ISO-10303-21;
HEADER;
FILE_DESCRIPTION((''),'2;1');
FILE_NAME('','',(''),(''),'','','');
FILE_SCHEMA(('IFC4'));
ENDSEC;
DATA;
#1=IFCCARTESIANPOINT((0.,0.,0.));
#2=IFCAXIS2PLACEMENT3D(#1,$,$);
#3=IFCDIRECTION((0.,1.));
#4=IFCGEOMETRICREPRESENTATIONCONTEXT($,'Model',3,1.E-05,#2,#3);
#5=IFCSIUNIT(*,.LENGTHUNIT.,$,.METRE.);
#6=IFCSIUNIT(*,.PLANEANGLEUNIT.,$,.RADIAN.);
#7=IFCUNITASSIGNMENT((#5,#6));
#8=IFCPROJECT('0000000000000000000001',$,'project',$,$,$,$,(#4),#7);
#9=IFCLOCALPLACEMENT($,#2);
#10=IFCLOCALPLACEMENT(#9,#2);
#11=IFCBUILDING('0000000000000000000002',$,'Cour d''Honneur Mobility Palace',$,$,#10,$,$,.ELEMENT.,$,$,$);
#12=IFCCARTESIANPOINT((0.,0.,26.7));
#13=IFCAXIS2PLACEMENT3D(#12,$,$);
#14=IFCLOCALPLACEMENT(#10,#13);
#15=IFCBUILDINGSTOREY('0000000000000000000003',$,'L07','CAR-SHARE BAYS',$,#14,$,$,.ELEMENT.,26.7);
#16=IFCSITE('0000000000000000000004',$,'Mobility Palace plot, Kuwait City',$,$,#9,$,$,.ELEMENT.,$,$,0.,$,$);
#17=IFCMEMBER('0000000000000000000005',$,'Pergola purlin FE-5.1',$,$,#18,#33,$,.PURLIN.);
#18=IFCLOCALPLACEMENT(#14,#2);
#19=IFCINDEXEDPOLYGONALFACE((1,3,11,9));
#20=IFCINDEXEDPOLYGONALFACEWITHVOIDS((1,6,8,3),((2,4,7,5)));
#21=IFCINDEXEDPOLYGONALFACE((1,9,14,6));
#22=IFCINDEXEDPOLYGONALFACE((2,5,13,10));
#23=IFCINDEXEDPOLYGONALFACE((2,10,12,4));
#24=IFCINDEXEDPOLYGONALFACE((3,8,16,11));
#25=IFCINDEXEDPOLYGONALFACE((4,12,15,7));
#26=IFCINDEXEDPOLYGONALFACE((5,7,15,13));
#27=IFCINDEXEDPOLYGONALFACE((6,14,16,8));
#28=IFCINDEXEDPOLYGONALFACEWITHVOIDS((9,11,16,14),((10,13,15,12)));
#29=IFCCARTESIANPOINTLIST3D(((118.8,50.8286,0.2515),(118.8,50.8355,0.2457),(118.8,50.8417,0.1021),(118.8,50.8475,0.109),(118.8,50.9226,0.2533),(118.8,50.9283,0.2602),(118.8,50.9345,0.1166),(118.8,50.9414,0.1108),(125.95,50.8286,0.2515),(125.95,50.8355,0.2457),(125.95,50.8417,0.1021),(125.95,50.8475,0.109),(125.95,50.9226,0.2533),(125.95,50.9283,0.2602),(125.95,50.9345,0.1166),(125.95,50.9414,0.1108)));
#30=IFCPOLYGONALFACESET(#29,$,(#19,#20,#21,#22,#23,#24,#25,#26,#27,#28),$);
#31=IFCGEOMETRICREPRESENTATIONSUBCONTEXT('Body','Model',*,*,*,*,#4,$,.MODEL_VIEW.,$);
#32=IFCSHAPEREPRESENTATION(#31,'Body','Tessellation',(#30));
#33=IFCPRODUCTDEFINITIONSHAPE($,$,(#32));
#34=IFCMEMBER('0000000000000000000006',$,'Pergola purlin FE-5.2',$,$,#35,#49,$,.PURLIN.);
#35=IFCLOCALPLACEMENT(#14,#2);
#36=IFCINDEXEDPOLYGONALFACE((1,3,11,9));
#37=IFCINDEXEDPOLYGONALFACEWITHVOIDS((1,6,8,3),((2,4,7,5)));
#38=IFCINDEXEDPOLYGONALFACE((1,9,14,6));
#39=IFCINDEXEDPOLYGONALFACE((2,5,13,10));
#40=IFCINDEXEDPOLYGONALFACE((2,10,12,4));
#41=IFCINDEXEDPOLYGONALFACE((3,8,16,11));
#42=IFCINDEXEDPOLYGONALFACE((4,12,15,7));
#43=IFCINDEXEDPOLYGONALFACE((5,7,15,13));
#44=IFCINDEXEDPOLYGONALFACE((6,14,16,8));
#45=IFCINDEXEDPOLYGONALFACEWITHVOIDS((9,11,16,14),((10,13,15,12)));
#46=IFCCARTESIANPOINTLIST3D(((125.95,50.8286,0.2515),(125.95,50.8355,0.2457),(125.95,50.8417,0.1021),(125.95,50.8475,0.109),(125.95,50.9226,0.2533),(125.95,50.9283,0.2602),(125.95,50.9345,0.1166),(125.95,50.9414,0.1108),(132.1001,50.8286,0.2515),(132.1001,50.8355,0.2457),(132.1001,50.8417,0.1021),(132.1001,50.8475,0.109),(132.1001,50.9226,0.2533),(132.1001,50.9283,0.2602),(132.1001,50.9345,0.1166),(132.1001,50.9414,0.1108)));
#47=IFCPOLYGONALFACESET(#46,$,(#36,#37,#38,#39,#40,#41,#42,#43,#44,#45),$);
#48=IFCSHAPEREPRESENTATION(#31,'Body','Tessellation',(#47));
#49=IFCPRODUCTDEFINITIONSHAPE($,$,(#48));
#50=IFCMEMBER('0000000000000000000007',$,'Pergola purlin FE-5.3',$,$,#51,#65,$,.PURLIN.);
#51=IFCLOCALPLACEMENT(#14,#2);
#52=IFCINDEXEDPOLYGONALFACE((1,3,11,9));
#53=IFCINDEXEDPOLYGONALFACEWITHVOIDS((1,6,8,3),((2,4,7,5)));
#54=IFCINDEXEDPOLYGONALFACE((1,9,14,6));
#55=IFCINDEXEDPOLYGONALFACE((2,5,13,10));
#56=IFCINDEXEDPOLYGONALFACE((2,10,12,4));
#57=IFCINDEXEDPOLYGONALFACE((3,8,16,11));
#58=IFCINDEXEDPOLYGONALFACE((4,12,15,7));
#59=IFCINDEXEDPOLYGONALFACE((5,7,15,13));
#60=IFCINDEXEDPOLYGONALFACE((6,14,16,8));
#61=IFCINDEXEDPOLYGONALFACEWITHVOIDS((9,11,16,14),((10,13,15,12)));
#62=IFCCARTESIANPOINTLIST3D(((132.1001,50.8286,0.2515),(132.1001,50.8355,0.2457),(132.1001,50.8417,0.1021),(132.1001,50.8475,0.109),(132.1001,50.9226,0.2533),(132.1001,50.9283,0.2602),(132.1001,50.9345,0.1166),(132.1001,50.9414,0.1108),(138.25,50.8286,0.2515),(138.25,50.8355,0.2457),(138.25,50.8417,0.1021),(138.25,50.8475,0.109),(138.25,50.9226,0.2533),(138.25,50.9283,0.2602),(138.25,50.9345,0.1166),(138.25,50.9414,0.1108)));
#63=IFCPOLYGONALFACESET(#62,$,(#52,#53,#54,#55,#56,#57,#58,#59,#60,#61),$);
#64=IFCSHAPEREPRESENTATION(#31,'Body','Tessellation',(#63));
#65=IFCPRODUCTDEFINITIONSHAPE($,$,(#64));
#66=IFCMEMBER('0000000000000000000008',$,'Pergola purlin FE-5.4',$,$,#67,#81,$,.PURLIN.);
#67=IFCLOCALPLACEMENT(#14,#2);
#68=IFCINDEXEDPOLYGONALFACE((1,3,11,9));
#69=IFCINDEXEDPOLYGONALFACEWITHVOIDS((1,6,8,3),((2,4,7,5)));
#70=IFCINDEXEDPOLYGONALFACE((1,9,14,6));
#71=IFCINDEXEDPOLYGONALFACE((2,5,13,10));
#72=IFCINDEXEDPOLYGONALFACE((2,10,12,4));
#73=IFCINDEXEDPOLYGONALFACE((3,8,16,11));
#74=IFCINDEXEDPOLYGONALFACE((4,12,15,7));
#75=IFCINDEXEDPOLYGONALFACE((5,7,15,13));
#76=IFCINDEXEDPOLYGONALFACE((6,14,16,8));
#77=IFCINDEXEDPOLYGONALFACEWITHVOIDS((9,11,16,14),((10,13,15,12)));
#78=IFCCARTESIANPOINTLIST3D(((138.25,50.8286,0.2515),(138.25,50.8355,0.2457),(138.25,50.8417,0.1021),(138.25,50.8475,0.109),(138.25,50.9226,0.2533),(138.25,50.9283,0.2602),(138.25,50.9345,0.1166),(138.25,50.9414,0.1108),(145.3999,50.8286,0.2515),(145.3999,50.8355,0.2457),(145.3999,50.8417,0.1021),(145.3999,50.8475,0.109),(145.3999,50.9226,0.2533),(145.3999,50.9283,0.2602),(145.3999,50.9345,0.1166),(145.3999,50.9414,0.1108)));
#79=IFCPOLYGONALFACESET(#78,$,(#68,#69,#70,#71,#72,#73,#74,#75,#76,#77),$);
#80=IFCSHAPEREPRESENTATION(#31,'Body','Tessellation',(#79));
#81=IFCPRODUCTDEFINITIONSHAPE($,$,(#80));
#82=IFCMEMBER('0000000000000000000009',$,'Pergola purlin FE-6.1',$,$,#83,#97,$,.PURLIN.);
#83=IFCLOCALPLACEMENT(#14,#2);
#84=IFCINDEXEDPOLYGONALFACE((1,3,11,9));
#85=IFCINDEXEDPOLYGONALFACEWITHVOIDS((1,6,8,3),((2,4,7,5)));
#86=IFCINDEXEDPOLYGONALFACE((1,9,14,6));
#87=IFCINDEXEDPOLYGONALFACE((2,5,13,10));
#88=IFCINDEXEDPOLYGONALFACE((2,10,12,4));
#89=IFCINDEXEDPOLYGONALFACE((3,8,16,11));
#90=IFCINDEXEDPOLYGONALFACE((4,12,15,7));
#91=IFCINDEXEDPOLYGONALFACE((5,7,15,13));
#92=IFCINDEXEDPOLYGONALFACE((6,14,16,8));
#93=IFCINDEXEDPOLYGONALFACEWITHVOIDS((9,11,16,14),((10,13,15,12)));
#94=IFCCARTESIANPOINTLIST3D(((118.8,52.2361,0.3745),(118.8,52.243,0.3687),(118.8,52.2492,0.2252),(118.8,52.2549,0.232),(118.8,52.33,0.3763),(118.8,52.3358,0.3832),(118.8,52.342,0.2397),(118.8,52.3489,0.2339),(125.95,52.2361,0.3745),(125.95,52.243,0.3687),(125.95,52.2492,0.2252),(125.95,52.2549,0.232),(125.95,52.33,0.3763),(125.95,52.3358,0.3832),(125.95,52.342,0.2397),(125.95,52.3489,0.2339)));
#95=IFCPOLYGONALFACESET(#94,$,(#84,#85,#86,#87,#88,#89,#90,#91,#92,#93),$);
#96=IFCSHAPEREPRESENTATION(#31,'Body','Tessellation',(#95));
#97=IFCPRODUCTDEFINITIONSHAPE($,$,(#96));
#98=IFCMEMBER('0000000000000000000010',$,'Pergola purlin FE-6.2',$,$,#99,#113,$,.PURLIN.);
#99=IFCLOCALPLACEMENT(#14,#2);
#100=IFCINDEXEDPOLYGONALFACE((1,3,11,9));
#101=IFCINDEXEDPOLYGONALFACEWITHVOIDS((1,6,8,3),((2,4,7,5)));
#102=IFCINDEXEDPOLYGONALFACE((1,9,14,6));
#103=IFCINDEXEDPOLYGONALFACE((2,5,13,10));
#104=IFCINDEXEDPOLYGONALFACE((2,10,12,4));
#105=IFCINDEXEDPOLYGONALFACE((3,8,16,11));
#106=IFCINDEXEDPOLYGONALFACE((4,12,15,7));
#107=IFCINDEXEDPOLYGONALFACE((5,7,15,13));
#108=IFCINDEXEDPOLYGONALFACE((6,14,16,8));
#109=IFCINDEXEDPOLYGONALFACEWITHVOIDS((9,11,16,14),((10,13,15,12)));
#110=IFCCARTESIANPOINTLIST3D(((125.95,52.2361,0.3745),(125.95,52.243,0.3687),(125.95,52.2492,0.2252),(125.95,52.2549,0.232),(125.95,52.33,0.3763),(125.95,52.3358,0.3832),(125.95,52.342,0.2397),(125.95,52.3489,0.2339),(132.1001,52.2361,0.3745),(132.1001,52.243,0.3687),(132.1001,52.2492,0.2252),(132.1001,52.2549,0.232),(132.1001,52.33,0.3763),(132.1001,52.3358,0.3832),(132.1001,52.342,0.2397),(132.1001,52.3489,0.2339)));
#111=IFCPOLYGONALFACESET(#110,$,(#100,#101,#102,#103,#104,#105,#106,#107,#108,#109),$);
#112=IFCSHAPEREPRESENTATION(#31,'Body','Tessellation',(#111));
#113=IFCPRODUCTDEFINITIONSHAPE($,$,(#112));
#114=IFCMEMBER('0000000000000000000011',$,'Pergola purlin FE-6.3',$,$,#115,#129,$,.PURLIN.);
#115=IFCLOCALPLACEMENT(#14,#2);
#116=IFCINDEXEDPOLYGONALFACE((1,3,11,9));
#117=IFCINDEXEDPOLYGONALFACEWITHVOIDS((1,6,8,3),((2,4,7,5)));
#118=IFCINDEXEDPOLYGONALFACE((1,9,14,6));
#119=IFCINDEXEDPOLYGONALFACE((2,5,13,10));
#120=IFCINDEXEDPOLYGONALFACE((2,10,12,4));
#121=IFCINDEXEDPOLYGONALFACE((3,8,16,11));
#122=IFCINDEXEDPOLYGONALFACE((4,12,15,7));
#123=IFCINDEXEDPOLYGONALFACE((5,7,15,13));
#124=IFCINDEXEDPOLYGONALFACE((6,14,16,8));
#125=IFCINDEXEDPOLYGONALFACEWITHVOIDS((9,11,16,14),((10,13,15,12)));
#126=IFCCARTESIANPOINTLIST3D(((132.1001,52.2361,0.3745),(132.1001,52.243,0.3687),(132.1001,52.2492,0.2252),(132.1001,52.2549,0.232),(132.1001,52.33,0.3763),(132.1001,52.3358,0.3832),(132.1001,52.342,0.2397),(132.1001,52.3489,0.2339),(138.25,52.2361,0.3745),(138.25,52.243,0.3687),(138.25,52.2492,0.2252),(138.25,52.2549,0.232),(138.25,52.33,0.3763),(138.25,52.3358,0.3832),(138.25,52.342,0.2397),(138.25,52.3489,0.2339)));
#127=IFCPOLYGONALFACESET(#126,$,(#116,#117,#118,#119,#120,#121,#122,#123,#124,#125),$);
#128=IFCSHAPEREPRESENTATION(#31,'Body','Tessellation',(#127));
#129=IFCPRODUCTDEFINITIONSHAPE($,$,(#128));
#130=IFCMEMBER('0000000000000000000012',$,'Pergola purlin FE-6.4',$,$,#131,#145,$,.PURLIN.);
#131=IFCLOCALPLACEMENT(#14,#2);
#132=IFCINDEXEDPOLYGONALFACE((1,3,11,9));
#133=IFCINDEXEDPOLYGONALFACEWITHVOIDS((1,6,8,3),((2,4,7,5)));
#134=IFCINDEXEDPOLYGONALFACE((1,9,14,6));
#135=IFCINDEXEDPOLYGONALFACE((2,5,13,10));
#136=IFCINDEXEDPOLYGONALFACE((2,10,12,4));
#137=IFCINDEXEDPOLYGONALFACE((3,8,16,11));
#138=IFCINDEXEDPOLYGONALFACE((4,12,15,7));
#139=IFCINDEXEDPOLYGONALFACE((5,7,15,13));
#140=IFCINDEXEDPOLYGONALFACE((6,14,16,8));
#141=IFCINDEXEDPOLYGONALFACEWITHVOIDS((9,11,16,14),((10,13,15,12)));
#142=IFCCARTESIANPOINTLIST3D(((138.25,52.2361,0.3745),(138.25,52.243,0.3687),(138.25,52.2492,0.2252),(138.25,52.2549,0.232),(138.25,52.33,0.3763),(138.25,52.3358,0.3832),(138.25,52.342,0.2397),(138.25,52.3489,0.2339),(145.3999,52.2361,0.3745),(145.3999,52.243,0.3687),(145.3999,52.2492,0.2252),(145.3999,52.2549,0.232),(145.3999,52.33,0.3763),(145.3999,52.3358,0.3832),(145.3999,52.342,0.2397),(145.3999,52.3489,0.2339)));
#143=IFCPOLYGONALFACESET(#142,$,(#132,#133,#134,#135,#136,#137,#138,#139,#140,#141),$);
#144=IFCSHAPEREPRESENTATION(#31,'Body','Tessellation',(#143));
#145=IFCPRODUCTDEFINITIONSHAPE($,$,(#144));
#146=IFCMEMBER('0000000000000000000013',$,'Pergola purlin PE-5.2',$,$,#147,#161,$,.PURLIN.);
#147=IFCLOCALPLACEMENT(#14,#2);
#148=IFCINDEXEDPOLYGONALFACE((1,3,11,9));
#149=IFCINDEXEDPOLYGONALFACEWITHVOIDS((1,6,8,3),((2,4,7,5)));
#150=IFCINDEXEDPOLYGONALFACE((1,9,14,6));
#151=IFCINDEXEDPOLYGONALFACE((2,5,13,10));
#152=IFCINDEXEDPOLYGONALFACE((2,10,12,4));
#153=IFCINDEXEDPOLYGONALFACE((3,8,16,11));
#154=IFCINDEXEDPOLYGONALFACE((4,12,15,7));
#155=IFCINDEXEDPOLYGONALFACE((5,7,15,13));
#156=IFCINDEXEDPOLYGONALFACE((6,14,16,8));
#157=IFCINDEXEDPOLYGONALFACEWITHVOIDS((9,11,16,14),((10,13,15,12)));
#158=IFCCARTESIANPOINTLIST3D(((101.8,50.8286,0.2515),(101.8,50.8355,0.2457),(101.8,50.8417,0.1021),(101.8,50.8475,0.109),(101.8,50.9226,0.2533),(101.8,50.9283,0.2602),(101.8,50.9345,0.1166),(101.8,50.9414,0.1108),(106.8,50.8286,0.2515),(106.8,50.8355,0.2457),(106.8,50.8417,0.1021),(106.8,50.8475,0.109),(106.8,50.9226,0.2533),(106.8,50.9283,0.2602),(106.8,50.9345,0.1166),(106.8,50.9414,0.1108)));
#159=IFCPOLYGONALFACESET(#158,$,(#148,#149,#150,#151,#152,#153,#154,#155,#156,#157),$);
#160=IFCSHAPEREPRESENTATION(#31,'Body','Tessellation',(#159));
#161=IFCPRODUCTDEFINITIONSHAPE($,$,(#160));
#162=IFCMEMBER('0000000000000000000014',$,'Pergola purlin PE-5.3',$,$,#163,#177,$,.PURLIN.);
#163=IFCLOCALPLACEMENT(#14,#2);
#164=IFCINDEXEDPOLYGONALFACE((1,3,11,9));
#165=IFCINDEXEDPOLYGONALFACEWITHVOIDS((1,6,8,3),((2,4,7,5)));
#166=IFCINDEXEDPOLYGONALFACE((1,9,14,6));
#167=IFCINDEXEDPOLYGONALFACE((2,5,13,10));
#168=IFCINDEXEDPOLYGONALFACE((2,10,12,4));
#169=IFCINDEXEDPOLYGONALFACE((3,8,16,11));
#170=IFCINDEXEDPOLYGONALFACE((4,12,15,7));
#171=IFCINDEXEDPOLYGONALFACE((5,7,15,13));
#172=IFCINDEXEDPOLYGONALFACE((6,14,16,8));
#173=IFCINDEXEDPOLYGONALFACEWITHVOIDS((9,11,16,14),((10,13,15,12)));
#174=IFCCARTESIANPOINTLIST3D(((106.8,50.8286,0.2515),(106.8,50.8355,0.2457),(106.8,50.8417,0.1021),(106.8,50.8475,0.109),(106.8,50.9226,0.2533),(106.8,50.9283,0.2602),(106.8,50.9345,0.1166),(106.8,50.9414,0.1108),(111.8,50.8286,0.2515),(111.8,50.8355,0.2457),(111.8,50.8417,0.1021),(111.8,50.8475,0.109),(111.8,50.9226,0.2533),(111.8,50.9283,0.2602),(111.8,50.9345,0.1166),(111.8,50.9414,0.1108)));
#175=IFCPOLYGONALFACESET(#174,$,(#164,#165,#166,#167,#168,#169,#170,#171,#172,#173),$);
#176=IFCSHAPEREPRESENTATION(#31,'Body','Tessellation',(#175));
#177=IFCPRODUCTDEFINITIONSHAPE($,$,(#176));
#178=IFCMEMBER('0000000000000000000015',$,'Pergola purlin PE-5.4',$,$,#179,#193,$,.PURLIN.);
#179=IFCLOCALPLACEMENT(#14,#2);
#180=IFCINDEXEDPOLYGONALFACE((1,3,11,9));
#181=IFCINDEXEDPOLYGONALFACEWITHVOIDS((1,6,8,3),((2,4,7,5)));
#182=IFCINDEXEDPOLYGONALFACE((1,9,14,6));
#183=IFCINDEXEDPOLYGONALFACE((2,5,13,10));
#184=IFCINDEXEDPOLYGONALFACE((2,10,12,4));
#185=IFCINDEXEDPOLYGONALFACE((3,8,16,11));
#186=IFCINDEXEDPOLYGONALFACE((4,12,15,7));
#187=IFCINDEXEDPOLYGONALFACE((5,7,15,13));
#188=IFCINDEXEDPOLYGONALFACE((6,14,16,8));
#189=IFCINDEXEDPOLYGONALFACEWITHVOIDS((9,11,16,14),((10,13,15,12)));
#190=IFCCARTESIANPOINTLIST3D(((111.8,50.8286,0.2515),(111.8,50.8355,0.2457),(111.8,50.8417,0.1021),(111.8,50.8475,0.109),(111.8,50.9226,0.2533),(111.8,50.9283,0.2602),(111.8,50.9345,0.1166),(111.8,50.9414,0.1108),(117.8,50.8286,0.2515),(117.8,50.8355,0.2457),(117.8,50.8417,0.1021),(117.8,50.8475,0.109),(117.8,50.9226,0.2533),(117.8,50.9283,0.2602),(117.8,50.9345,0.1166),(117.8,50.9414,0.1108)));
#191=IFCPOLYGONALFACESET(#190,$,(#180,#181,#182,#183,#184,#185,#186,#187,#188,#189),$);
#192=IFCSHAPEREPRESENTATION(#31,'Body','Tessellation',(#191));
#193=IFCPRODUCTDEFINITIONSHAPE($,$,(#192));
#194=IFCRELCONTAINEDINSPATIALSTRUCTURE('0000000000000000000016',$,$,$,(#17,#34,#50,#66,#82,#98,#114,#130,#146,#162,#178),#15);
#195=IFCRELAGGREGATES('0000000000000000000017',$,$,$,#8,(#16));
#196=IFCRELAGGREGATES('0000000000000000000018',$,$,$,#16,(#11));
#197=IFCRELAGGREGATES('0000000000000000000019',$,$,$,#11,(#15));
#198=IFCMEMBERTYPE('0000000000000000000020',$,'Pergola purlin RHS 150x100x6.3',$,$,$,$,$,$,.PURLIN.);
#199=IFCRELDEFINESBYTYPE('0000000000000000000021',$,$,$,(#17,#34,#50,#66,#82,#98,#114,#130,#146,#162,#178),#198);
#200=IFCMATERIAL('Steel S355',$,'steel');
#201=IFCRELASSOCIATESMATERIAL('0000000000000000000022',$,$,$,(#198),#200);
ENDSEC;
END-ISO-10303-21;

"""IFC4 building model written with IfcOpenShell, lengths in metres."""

from ifc_helpers import new_model, si_unit, direction, frame, origin, origin_2d, place, context, subcontext, project, spatial, hollow_rectangle, extrude, material, material_profile, profile_set, type_object, element, save


model = new_model("IFC4")

# Units and contexts
model_context = context("Model", 3, precision=1e-05, world=origin(), true_north=direction((0.0, 1.0)))
body_context = subcontext(model_context, "Body", "Model", "MODEL_VIEW")
ifc_project = project(units=[si_unit("LENGTHUNIT", "METRE"), si_unit("PLANEANGLEUNIT", "RADIAN")], contexts=[model_context])

# Site, building, storey
site_placement = place(None, origin())
site = spatial("IfcSite", under=ifc_project, at=site_placement, Name="Mobility Palace plot, Kuwait City", CompositionType="ELEMENT", RefElevation=0.0)
building_placement = place(site_placement, origin())
building = spatial("IfcBuilding", under=site, at=building_placement, Name="Cour d'Honneur Mobility Palace", CompositionType="ELEMENT")
storey_placement = place(building_placement, frame((0.0, 0.0, 26.7)))
storey = spatial("IfcBuildingStorey", under=building, at=storey_placement, Name="L07", Description="CAR-SHARE BAYS", CompositionType="ELEMENT", Elevation=26.7)

# Members
ifc_material_1 = material(Name="Steel S355", Category="steel")
ifc_material_profile = material_profile(ifc_material_1, hollow_rectangle(XDim=0.1001, YDim=0.1499, WallThickness=0.0063, at=origin_2d()), Name="RHS 150x100x6.3")
ifc_profile_set = profile_set([ifc_material_profile], Name="Steel S355")
member_type = type_object("IfcMemberType", Name="Pergola purlin RHS 150x100x6.3", PredefinedType="PURLIN", material=ifc_profile_set)
member_1_placement = place(storey_placement, frame((118.8, 50.885, 0.1812), z_axis=(1.0, 0.0, 0.0), x_axis=(0.0, 0.996197, 0.087131)))
element("IfcMember", 1, at=member_1_placement, inside=storey, type_object=member_type, Name="Pergola purlin FE-5.1", PredefinedType="PURLIN", context=body_context, shape_type="SweptSolid", body=[
    extrude(hollow_rectangle(XDim=0.1001, YDim=0.1499, WallThickness=0.0063, at=origin_2d()), origin(), (0.0, 0.0, 1.0), 7.1499),
])
member_2_placement = place(storey_placement, frame((125.95, 50.885, 0.1812), z_axis=(1.0, 0.0, 0.0), x_axis=(0.0, 0.996197, 0.087131)))
element("IfcMember", 2, at=member_2_placement, inside=storey, type_object=member_type, Name="Pergola purlin FE-5.2", PredefinedType="PURLIN", context=body_context, shape_type="SweptSolid", body=[
    extrude(hollow_rectangle(XDim=0.1001, YDim=0.1499, WallThickness=0.0063, at=origin_2d()), origin(), (0.0, 0.0, 1.0), 6.1501),
])
member_3_placement = place(storey_placement, frame((132.1001, 50.885, 0.1812), z_axis=(1.0, 0.0, 0.0), x_axis=(0.0, 0.996197, 0.087131)))
element("IfcMember", 3, at=member_3_placement, inside=storey, type_object=member_type, Name="Pergola purlin FE-5.3", PredefinedType="PURLIN", context=body_context, shape_type="SweptSolid", body=[
    extrude(hollow_rectangle(XDim=0.1001, YDim=0.1499, WallThickness=0.0063, at=origin_2d()), origin(), (0.0, 0.0, 1.0), 6.1499),
])
for number, where, z_axis, x_axis, name in (
    (4, (138.25, 50.885, 0.1812), (1.0, 0.0, 0.0), (0.0, 0.996197, 0.087131), "Pergola purlin FE-5.4"),
    (5, (118.8, 52.2925, 0.3042), (1.0, 0.0, 0.0), (0.0, 0.996197, 0.087131), "Pergola purlin FE-6.1"),
):
    element("IfcMember", number, at=place(storey_placement, frame(where, z_axis=z_axis, x_axis=x_axis)), inside=storey, type_object=member_type, Name=name, PredefinedType="PURLIN", context=body_context, shape_type="SweptSolid", body=[
        extrude(hollow_rectangle(XDim=0.1001, YDim=0.1499, WallThickness=0.0063, at=origin_2d()), origin(), (0.0, 0.0, 1.0), 7.1499),
    ])
member_4_placement = place(storey_placement, frame((125.95, 52.2925, 0.3042), z_axis=(1.0, 0.0, 0.0), x_axis=(0.0, 0.996197, 0.087131)))
element("IfcMember", 6, at=member_4_placement, inside=storey, type_object=member_type, Name="Pergola purlin FE-6.2", PredefinedType="PURLIN", context=body_context, shape_type="SweptSolid", body=[
    extrude(hollow_rectangle(XDim=0.1001, YDim=0.1499, WallThickness=0.0063, at=origin_2d()), origin(), (0.0, 0.0, 1.0), 6.1501),
])
member_5_placement = place(storey_placement, frame((132.1001, 52.2925, 0.3042), z_axis=(1.0, 0.0, 0.0), x_axis=(0.0, 0.996197, 0.087131)))
element("IfcMember", 7, at=member_5_placement, inside=storey, type_object=member_type, Name="Pergola purlin FE-6.3", PredefinedType="PURLIN", context=body_context, shape_type="SweptSolid", body=[
    extrude(hollow_rectangle(XDim=0.1001, YDim=0.1499, WallThickness=0.0063, at=origin_2d()), origin(), (0.0, 0.0, 1.0), 6.1499),
])
member_6_placement = place(storey_placement, frame((138.25, 52.2925, 0.3042), z_axis=(1.0, 0.0, 0.0), x_axis=(0.0, 0.996197, 0.087131)))
element("IfcMember", 8, at=member_6_placement, inside=storey, type_object=member_type, Name="Pergola purlin FE-6.4", PredefinedType="PURLIN", context=body_context, shape_type="SweptSolid", body=[
    extrude(hollow_rectangle(XDim=0.1001, YDim=0.1499, WallThickness=0.0063, at=origin_2d()), origin(), (0.0, 0.0, 1.0), 7.1499),
])
for number, where, z_axis, x_axis, name in (
    (9, (101.8, 50.885, 0.1812), (1.0, 0.0, 0.0), (0.0, 0.996197, 0.087131), "Pergola purlin PE-5.2"),
    (10, (106.8, 50.885, 0.1812), (1.0, 0.0, 0.0), (0.0, 0.996197, 0.087131), "Pergola purlin PE-5.3"),
):
    element("IfcMember", number, at=place(storey_placement, frame(where, z_axis=z_axis, x_axis=x_axis)), inside=storey, type_object=member_type, Name=name, PredefinedType="PURLIN", context=body_context, shape_type="SweptSolid", body=[
        extrude(hollow_rectangle(XDim=0.1001, YDim=0.1499, WallThickness=0.0063, at=origin_2d()), origin(), (0.0, 0.0, 1.0), 5.0),
    ])
member_7_placement = place(storey_placement, frame((111.8, 50.885, 0.1812), z_axis=(1.0, 0.0, 0.0), x_axis=(0.0, 0.996197, 0.087131)))
element("IfcMember", 11, at=member_7_placement, inside=storey, type_object=member_type, Name="Pergola purlin PE-5.4", PredefinedType="PURLIN", context=body_context, shape_type="SweptSolid", body=[
    extrude(hollow_rectangle(XDim=0.1001, YDim=0.1499, WallThickness=0.0063, at=origin_2d()), origin(), (0.0, 0.0, 1.0), 6.0),
])

save(model, "model.ifc")
